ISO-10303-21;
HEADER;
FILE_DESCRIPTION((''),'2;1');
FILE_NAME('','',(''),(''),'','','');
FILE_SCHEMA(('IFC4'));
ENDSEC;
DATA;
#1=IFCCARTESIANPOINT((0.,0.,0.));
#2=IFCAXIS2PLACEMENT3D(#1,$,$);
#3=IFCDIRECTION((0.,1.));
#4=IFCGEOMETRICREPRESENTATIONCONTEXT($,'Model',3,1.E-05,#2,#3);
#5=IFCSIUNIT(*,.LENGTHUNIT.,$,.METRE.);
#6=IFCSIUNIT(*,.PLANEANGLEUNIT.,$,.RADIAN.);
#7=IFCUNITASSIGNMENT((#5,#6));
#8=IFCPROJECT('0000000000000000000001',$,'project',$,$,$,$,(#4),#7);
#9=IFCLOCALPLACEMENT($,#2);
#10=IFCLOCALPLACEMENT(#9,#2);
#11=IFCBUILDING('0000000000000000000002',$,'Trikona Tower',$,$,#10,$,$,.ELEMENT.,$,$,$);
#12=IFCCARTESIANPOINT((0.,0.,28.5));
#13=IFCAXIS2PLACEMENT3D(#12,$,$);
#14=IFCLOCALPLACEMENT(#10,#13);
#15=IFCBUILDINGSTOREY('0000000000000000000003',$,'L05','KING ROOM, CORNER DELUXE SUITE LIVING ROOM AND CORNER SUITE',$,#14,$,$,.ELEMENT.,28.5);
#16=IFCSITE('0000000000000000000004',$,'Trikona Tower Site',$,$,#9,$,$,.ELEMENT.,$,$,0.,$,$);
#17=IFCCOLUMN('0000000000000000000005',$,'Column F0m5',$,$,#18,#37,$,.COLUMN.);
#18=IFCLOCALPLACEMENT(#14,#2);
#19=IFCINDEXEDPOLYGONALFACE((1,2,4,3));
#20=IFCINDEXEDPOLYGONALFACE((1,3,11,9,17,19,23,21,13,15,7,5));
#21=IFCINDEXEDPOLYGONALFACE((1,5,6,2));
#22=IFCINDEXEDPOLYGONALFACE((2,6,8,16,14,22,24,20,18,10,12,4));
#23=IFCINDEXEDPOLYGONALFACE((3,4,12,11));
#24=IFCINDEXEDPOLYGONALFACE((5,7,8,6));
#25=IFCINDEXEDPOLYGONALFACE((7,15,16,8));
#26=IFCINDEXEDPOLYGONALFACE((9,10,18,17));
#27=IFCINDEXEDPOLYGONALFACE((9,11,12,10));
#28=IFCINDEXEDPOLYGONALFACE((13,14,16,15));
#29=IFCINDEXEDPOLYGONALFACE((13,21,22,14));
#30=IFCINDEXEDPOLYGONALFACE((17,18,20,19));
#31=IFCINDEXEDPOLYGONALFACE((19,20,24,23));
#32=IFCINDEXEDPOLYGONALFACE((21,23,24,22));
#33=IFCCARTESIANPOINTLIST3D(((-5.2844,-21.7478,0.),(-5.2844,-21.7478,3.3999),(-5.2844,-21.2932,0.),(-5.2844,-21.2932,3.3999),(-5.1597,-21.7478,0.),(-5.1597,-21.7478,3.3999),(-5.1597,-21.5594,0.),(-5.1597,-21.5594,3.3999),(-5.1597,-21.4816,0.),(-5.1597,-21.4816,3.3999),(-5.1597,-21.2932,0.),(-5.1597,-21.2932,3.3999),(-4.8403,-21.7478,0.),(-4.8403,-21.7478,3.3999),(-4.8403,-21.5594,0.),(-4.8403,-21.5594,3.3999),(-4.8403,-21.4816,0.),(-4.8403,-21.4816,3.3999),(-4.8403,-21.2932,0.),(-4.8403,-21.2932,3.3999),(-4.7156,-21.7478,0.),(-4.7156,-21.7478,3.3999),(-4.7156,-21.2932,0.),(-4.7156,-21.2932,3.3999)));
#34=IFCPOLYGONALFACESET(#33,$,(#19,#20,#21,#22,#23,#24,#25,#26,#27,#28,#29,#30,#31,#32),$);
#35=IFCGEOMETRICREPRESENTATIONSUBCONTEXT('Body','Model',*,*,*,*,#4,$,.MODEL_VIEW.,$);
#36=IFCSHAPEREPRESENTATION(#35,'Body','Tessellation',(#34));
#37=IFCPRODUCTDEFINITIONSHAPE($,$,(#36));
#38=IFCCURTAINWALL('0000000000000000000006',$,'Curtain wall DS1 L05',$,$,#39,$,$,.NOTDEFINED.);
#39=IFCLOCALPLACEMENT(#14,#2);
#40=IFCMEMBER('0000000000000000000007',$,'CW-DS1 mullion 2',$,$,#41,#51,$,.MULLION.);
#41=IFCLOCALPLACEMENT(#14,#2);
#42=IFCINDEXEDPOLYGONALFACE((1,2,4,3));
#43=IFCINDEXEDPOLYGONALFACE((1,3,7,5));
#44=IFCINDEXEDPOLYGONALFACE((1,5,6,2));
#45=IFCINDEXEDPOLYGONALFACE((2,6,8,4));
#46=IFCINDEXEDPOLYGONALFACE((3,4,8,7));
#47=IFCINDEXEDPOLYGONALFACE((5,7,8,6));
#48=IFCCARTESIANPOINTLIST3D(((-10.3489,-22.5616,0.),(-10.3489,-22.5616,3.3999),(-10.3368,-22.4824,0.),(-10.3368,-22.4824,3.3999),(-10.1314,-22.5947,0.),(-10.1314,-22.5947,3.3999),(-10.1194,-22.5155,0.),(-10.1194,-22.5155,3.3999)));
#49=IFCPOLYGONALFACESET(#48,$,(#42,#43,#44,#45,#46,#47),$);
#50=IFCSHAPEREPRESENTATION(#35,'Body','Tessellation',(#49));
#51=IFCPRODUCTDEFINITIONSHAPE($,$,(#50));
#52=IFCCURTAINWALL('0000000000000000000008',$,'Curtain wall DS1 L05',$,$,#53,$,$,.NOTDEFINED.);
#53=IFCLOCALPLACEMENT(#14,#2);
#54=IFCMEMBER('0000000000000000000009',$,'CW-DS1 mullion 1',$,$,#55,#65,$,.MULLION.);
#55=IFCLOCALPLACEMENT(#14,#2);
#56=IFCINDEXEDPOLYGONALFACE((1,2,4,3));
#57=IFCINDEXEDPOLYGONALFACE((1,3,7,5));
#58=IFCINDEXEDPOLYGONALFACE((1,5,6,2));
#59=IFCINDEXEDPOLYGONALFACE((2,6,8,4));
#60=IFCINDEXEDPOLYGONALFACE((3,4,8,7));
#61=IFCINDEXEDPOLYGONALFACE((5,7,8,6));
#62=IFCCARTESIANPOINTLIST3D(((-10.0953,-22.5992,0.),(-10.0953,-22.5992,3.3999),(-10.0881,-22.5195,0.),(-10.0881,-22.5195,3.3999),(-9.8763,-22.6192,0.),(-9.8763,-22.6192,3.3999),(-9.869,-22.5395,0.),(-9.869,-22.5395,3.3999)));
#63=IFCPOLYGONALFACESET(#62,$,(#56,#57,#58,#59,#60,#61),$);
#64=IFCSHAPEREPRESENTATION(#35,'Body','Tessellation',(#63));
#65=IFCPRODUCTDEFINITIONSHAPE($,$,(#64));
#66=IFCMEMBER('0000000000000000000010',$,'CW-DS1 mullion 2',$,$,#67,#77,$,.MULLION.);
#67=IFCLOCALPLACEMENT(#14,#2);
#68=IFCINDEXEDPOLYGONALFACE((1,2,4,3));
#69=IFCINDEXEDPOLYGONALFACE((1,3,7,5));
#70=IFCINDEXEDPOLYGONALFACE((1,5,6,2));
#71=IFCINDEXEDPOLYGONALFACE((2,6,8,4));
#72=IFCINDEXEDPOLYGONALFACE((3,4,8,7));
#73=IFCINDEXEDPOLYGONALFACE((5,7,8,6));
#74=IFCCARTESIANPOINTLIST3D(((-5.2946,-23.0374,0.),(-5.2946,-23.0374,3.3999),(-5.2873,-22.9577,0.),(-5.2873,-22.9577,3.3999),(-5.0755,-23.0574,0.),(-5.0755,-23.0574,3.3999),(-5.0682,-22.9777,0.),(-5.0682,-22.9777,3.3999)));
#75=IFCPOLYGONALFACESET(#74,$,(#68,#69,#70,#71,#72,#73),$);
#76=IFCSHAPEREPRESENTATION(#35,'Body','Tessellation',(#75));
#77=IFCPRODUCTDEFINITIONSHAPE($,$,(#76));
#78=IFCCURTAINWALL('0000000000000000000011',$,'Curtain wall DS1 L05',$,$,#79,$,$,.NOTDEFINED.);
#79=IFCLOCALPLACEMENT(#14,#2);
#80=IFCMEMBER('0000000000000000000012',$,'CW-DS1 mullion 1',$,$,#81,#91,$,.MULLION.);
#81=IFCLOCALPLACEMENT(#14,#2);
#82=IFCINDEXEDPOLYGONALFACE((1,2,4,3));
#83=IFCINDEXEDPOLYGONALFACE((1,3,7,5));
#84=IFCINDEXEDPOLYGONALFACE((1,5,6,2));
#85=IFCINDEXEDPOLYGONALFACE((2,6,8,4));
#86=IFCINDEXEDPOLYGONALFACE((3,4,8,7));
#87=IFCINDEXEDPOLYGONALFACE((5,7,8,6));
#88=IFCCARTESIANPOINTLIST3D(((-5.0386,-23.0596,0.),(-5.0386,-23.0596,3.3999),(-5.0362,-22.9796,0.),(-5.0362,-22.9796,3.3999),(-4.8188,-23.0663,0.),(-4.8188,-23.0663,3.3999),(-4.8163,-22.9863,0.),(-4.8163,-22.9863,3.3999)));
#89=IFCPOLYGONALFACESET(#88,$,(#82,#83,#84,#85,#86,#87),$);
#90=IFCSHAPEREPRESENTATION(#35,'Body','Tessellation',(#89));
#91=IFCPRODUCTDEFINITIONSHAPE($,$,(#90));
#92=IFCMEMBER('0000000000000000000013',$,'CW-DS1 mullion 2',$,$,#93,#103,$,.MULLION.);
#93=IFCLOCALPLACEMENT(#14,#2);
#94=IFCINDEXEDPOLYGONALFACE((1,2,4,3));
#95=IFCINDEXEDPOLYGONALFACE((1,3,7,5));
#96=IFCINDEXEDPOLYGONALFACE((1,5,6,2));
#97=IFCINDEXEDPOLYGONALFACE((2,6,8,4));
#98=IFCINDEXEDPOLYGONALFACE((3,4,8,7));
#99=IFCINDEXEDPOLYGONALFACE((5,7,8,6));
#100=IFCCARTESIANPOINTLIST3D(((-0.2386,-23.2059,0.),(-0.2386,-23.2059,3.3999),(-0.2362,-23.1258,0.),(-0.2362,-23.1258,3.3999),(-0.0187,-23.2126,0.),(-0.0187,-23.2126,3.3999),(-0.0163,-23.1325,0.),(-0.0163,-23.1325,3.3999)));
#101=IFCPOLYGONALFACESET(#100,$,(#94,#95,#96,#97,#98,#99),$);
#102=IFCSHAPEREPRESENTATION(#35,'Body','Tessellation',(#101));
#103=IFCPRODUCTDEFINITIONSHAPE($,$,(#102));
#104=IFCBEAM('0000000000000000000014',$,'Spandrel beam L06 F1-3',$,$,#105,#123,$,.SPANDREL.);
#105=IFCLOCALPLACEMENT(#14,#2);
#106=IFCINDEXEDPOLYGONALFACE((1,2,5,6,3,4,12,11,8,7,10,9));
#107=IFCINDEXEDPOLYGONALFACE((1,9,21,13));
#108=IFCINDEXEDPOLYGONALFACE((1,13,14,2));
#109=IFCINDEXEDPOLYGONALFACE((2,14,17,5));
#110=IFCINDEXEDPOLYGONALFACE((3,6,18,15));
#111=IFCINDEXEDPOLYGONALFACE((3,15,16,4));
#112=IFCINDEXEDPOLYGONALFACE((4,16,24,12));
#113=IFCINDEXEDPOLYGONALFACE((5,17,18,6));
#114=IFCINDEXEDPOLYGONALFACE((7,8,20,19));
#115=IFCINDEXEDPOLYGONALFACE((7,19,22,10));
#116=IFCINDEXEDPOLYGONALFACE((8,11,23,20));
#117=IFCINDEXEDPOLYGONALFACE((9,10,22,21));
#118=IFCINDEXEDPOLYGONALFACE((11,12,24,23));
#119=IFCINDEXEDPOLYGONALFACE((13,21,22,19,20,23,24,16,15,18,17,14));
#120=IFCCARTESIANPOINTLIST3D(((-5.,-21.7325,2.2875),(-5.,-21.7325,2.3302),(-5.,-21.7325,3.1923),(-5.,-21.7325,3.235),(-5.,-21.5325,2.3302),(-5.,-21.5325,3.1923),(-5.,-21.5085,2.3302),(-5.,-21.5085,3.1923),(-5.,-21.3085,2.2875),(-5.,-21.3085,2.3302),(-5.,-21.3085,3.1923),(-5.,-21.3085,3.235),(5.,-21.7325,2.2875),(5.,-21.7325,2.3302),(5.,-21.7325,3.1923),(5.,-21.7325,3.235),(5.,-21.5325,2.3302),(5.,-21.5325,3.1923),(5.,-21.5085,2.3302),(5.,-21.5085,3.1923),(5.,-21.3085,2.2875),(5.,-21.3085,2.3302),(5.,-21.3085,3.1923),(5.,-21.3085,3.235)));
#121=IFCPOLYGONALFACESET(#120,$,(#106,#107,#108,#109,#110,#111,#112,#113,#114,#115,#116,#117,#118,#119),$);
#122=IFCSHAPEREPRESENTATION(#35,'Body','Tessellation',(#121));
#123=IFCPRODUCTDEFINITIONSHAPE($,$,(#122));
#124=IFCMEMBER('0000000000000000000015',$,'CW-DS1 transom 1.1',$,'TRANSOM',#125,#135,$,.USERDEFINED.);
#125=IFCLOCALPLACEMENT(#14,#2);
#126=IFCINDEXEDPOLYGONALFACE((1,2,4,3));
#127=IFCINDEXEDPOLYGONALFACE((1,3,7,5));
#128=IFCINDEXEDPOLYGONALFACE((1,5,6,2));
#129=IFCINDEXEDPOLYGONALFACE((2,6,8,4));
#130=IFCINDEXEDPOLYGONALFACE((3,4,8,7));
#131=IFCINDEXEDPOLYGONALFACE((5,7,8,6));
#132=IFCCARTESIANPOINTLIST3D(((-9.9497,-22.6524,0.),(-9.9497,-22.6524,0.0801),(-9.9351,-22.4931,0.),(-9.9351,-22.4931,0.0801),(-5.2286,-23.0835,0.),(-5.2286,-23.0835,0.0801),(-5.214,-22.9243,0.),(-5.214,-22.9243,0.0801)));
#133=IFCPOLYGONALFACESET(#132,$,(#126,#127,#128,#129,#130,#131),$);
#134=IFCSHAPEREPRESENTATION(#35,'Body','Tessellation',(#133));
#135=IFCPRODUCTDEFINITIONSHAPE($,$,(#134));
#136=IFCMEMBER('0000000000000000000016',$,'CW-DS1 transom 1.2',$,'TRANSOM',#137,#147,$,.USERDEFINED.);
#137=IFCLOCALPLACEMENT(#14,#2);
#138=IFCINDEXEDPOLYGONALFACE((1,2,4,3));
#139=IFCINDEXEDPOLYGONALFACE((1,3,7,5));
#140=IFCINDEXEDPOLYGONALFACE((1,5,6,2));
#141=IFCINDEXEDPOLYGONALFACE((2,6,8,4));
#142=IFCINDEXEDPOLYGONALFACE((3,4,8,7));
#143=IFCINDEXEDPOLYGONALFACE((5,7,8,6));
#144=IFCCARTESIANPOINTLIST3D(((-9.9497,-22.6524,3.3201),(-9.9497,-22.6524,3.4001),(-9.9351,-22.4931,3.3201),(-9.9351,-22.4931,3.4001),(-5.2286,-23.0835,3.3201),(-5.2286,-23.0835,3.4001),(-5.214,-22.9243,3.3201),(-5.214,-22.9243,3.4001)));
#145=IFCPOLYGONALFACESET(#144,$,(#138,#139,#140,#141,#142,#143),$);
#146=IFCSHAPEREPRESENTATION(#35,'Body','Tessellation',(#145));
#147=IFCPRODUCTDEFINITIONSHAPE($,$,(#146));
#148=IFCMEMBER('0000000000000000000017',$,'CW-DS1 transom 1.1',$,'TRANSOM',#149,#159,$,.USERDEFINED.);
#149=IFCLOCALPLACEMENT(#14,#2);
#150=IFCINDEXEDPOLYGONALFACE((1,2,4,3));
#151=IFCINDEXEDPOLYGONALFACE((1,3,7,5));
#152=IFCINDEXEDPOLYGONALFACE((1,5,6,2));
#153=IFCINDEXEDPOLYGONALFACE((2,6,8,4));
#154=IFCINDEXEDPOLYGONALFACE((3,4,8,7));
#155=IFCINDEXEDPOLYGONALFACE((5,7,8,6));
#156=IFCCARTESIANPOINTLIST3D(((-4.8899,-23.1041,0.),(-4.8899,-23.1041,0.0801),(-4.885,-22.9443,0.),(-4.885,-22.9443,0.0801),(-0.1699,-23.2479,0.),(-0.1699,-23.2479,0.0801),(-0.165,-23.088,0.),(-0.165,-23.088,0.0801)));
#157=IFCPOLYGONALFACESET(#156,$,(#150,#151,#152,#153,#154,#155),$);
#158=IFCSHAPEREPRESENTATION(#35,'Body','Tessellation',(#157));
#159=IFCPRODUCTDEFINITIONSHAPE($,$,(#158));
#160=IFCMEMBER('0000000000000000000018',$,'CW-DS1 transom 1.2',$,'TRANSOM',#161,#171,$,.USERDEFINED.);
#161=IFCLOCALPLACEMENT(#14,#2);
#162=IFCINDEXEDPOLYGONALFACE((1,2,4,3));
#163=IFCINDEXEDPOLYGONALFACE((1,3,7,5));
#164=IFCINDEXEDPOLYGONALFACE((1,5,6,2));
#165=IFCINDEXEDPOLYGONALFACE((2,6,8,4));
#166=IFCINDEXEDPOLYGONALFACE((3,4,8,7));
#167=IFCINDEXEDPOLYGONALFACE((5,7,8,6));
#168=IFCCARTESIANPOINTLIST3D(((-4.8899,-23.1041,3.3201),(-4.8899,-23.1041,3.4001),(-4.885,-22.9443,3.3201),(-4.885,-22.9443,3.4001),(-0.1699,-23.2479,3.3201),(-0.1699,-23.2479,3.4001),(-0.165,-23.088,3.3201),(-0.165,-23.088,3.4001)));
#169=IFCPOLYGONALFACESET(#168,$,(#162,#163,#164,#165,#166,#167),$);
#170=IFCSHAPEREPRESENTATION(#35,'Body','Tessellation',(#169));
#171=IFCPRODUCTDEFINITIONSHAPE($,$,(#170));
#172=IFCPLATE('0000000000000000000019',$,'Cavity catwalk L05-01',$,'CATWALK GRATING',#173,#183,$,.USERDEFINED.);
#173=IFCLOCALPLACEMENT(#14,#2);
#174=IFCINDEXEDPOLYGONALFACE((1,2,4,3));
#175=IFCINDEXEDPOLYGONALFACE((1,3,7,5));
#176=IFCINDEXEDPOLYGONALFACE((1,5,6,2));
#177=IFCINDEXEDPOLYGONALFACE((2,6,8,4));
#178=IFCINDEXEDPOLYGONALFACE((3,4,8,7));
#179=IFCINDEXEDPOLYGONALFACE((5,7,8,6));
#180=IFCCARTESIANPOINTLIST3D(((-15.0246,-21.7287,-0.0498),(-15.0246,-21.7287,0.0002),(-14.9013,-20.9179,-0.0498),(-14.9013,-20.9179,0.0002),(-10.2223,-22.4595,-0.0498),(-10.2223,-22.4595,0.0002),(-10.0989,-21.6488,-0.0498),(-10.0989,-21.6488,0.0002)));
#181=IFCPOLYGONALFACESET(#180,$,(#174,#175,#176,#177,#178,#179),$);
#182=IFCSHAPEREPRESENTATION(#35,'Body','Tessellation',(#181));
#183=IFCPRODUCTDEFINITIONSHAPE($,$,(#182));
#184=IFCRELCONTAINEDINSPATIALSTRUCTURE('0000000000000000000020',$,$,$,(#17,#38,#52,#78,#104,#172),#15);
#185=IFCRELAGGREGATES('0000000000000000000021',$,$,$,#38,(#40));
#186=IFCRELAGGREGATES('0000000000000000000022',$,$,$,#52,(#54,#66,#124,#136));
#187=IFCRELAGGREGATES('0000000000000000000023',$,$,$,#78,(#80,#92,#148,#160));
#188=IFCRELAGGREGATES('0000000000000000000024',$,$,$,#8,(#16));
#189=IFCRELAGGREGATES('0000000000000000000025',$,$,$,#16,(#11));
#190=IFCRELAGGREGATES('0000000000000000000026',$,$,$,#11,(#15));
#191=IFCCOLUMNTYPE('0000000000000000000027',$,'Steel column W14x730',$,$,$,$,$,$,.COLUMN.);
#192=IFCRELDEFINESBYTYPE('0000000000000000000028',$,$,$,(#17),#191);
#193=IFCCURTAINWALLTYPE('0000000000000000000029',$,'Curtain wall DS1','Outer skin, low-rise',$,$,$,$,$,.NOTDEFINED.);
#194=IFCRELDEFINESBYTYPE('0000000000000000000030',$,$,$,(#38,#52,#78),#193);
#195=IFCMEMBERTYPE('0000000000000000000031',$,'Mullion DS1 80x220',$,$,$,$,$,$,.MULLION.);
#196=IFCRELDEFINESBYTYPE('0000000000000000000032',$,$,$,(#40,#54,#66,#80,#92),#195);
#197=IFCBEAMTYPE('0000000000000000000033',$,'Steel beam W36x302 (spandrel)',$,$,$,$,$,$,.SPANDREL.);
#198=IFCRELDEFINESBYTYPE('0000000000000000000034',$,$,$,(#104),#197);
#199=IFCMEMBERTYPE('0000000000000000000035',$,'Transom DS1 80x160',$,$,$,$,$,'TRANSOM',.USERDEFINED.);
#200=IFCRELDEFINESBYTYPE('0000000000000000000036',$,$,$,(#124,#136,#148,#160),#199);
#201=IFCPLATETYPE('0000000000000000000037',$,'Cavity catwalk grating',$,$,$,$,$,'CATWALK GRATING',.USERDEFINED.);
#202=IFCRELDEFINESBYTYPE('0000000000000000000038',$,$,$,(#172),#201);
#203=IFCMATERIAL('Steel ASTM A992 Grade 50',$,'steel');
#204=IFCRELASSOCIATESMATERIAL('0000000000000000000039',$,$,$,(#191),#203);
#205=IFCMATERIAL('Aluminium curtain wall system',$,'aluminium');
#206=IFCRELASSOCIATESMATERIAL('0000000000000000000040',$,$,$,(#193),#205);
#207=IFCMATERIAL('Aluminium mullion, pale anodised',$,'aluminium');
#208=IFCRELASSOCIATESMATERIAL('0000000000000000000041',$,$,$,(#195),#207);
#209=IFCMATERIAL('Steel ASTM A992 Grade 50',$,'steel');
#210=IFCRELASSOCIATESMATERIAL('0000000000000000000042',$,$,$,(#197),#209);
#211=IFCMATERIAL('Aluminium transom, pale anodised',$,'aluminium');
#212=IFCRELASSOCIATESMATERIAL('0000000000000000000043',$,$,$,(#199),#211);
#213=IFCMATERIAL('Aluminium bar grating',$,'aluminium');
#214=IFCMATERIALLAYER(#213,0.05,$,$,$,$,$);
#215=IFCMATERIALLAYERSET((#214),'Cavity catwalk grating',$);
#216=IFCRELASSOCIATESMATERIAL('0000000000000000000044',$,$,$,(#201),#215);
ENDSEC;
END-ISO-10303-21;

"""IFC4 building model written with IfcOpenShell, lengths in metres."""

from ifc_helpers import new_model, si_unit, direction, frame, origin, origin_2d, place, context, subcontext, project, spatial, rectangle, i_section, extrude, material, layer, layer_set, material_profile, profile_set, type_object, element, aggregate, save


model = new_model("IFC4")

# Units and contexts
model_context = context("Model", 3, precision=1e-05, world=origin(), true_north=direction((0.0, 1.0)))
body_context = subcontext(model_context, "Body", "Model", "MODEL_VIEW")
ifc_project = project(units=[si_unit("LENGTHUNIT", "METRE"), si_unit("PLANEANGLEUNIT", "RADIAN")], contexts=[model_context])

# Site, building, storey
site_placement = place(None, origin())
site = spatial("IfcSite", under=ifc_project, at=site_placement, Name="Trikona Tower Site", CompositionType="ELEMENT", RefElevation=0.0)
building_placement = place(site_placement, origin())
building = spatial("IfcBuilding", under=site, at=building_placement, Name="Trikona Tower", CompositionType="ELEMENT")
storey_placement = place(building_placement, frame((0.0, 0.0, 28.5)))
storey = spatial("IfcBuildingStorey", under=building, at=storey_placement, Name="L05", Description="KING ROOM, CORNER DELUXE SUITE LIVING ROOM AND CORNER SUITE", CompositionType="ELEMENT", Elevation=28.5)

# Column
ifc_material_1 = material(Name="Steel ASTM A992 Grade 50", Category="steel")
ifc_material_profile_1 = material_profile(ifc_material_1, i_section(OverallWidth=0.4546, OverallDepth=0.5688, WebThickness=0.0779, FlangeThickness=0.1248, at=origin_2d()), Name="W14X730")
ifc_profile_set_1 = profile_set([ifc_material_profile_1], Name="Steel ASTM A992 Grade 50")
column_type = type_object("IfcColumnType", Name="Steel column W14x730", PredefinedType="COLUMN", material=ifc_profile_set_1)
column_placement = place(storey_placement, frame((-5.0, -21.5205, 0.0), z_axis=(0.0, 0.0, 1.0), x_axis=(0.0, -1.0, 0.0)))
element("IfcColumn", 1, at=column_placement, inside=storey, type_object=column_type, Name="Column F0m5", PredefinedType="COLUMN", context=body_context, shape_type="SweptSolid", body=[
    extrude(i_section(OverallWidth=0.4546, OverallDepth=0.5688, WebThickness=0.0779, FlangeThickness=0.1248, at=origin_2d()), origin(), (0.0, 0.0, 1.0), 3.3999),
])

# Curtain wall, member
ifc_material_2 = material(Name="Aluminium curtain wall system", Category="aluminium")
curtain_wall_type = type_object("IfcCurtainWallType", Name="Curtain wall DS1", Description="Outer skin, low-rise", PredefinedType="NOTDEFINED", material=ifc_material_2)
curtain_wall_1_placement = place(storey_placement, origin())
curtain_wall_1 = element("IfcCurtainWall", 2, at=curtain_wall_1_placement, inside=storey, type_object=curtain_wall_type, Name="Curtain wall DS1 L05", PredefinedType="NOTDEFINED")
ifc_material_3 = material(Name="Aluminium mullion, pale anodised", Category="aluminium")
ifc_material_profile_2 = material_profile(ifc_material_3, rectangle(XDim=0.0801, YDim=0.22, at=origin_2d()), Name="MUL-DS1")
ifc_profile_set_2 = profile_set([ifc_material_profile_2], Name="Aluminium mullion, pale anodised")
member_type_1 = type_object("IfcMemberType", Name="Mullion DS1 80x220", PredefinedType="MULLION", material=ifc_profile_set_2)
member_1_placement = place(storey_placement, frame((-10.2341, -22.5386, 0.0), z_axis=(0.0, 0.0, 1.0), x_axis=(0.150438, 0.988619, 0.0)))
member_1 = element("IfcMember", 3, at=member_1_placement, type_object=member_type_1, Name="CW-DS1 mullion 2", PredefinedType="MULLION", context=body_context, shape_type="SweptSolid", body=[
    extrude(rectangle(XDim=0.0801, YDim=0.22, at=origin_2d()), origin(), (0.0, 0.0, 1.0), 3.3999),
])

# Curtain walls, members
curtain_wall_2_placement = place(storey_placement, origin())
curtain_wall_2 = element("IfcCurtainWall", 4, at=curtain_wall_2_placement, inside=storey, type_object=curtain_wall_type, Name="Curtain wall DS1 L05", PredefinedType="NOTDEFINED")
member_2_placement = place(storey_placement, frame((-9.9822, -22.5693, 0.0), z_axis=(0.0, 0.0, 1.0), x_axis=(0.090924, 0.995858, 0.0)))
member_2 = element("IfcMember", 5, at=member_2_placement, type_object=member_type_1, Name="CW-DS1 mullion 1", PredefinedType="MULLION", context=body_context, shape_type="SweptSolid", body=[
    extrude(rectangle(XDim=0.0801, YDim=0.22, at=origin_2d()), origin(), (0.0, 0.0, 1.0), 3.3999),
])
member_3_placement = place(storey_placement, frame((-5.1814, -23.0076, 0.0), z_axis=(0.0, 0.0, 1.0), x_axis=(0.090924, 0.995858, 0.0)))
member_3 = element("IfcMember", 6, at=member_3_placement, type_object=member_type_1, Name="CW-DS1 mullion 2", PredefinedType="MULLION", context=body_context, shape_type="SweptSolid", body=[
    extrude(rectangle(XDim=0.0801, YDim=0.22, at=origin_2d()), origin(), (0.0, 0.0, 1.0), 3.3999),
])
curtain_wall_3_placement = place(storey_placement, origin())
curtain_wall_3 = element("IfcCurtainWall", 7, at=curtain_wall_3_placement, inside=storey, type_object=curtain_wall_type, Name="Curtain wall DS1 L05", PredefinedType="NOTDEFINED")
member_4_placement = place(storey_placement, frame((-4.9275, -23.0229, 0.0), z_axis=(0.0, 0.0, 1.0), x_axis=(0.030437, 0.999537, 0.0)))
member_4 = element("IfcMember", 8, at=member_4_placement, type_object=member_type_1, Name="CW-DS1 mullion 1", PredefinedType="MULLION", context=body_context, shape_type="SweptSolid", body=[
    extrude(rectangle(XDim=0.0801, YDim=0.22, at=origin_2d()), origin(), (0.0, 0.0, 1.0), 3.3999),
])
member_5_placement = place(storey_placement, frame((-0.1274, -23.1692, 0.0), z_axis=(0.0, 0.0, 1.0), x_axis=(0.030437, 0.999537, 0.0)))
member_5 = element("IfcMember", 9, at=member_5_placement, type_object=member_type_1, Name="CW-DS1 mullion 2", PredefinedType="MULLION", context=body_context, shape_type="SweptSolid", body=[
    extrude(rectangle(XDim=0.0801, YDim=0.22, at=origin_2d()), origin(), (0.0, 0.0, 1.0), 3.3999),
])

# Beam
ifc_material_4 = material(Name="Steel ASTM A992 Grade 50", Category="steel")
ifc_material_profile_3 = material_profile(ifc_material_4, i_section(OverallWidth=0.4241, OverallDepth=0.9475, WebThickness=0.0239, FlangeThickness=0.0427, at=origin_2d()), Name="W36X302")
ifc_profile_set_3 = profile_set([ifc_material_profile_3], Name="Steel ASTM A992 Grade 50")
beam_type = type_object("IfcBeamType", Name="Steel beam W36x302 (spandrel)", PredefinedType="SPANDREL", material=ifc_profile_set_3)
beam_placement = place(storey_placement, frame((-5.0, -21.5205, 2.7612), z_axis=(1.0, 0.0, 0.0), x_axis=(0.0, 1.0, 0.0)))
element("IfcBeam", 10, at=beam_placement, inside=storey, type_object=beam_type, Name="Spandrel beam L06 F1-3", PredefinedType="SPANDREL", context=body_context, shape_type="SweptSolid", body=[
    extrude(i_section(OverallWidth=0.4241, OverallDepth=0.9475, WebThickness=0.0239, FlangeThickness=0.0427, at=origin_2d()), origin(), (0.0, 0.0, 1.0), 10.0),
])

# Members
ifc_material_5 = material(Name="Aluminium transom, pale anodised", Category="aluminium")
ifc_material_profile_4 = material_profile(ifc_material_5, rectangle(XDim=0.1599, YDim=0.0801, at=origin_2d()), Name="TRN-DS1")
ifc_profile_set_4 = profile_set([ifc_material_profile_4], Name="Aluminium transom, pale anodised")
member_type_2 = type_object("IfcMemberType", Name="Transom DS1 80x160", ElementType="TRANSOM", PredefinedType="USERDEFINED", material=ifc_profile_set_4)
member_6_placement = place(storey_placement, frame((-9.9424, -22.5728, 0.04), z_axis=(0.995856, -0.090944, 0.0), x_axis=(0.090944, 0.995856, 0.0)))
member_6 = element("IfcMember", 11, at=member_6_placement, type_object=member_type_2, Name="CW-DS1 transom 1.1", ObjectType="TRANSOM", PredefinedType="USERDEFINED", context=body_context, shape_type="SweptSolid", body=[
    extrude(rectangle(XDim=0.1599, YDim=0.0801, at=origin_2d()), origin(), (0.0, 0.0, 1.0), 4.7407),
])
member_7_placement = place(storey_placement, frame((-9.9424, -22.5728, 3.3601), z_axis=(0.995856, -0.090944, 0.0), x_axis=(0.090944, 0.995856, 0.0)))
member_7 = element("IfcMember", 12, at=member_7_placement, type_object=member_type_2, Name="CW-DS1 transom 1.2", ObjectType="TRANSOM", PredefinedType="USERDEFINED", context=body_context, shape_type="SweptSolid", body=[
    extrude(rectangle(XDim=0.1599, YDim=0.0801, at=origin_2d()), origin(), (0.0, 0.0, 1.0), 4.7407),
])
member_8_placement = place(storey_placement, frame((-4.8875, -23.0242, 0.04), z_axis=(0.999536, -0.030452, 0.0), x_axis=(0.030452, 0.999536, 0.0)))
member_8 = element("IfcMember", 13, at=member_8_placement, type_object=member_type_2, Name="CW-DS1 transom 1.1", ObjectType="TRANSOM", PredefinedType="USERDEFINED", context=body_context, shape_type="SweptSolid", body=[
    extrude(rectangle(XDim=0.1599, YDim=0.0801, at=origin_2d()), origin(), (0.0, 0.0, 1.0), 4.7222),
])
member_9_placement = place(storey_placement, frame((-4.8875, -23.0242, 3.3601), z_axis=(0.999536, -0.030452, 0.0), x_axis=(0.030452, 0.999536, 0.0)))
member_9 = element("IfcMember", 14, at=member_9_placement, type_object=member_type_2, Name="CW-DS1 transom 1.2", ObjectType="TRANSOM", PredefinedType="USERDEFINED", context=body_context, shape_type="SweptSolid", body=[
    extrude(rectangle(XDim=0.1599, YDim=0.0801, at=origin_2d()), origin(), (0.0, 0.0, 1.0), 4.7222),
])

# Plate
ifc_material_6 = material(Name="Aluminium bar grating", Category="aluminium")
ifc_layer_1 = layer(ifc_material_6, 0.05)
ifc_layer_set_1 = layer_set([ifc_layer_1], Name="Cavity catwalk grating")
plate_type_1 = type_object("IfcPlateType", Name="Cavity catwalk grating", ElementType="CATWALK GRATING", PredefinedType="USERDEFINED", material=ifc_layer_set_1)
plate_1_placement = place(storey_placement, frame((-12.5618, -21.6887, -0.0498), z_axis=(0.0, 0.0, 1.0), x_axis=(0.988618, -0.150448, 0.0)))
element("IfcPlate", 15, at=plate_1_placement, inside=storey, type_object=plate_type_1, Name="Cavity catwalk L05-01", ObjectType="CATWALK GRATING", PredefinedType="USERDEFINED", context=body_context, shape_type="SweptSolid", body=[
    extrude(rectangle(XDim=4.8577, YDim=0.8201, at=origin_2d()), origin(), (0.0, 0.0, 1.0), 0.05),
])

aggregate(curtain_wall_1, [member_1])
aggregate(curtain_wall_2, [member_2, member_3, member_6, member_7])
aggregate(curtain_wall_3, [member_4, member_5, member_8, member_9])

save(model, "model.ifc")
